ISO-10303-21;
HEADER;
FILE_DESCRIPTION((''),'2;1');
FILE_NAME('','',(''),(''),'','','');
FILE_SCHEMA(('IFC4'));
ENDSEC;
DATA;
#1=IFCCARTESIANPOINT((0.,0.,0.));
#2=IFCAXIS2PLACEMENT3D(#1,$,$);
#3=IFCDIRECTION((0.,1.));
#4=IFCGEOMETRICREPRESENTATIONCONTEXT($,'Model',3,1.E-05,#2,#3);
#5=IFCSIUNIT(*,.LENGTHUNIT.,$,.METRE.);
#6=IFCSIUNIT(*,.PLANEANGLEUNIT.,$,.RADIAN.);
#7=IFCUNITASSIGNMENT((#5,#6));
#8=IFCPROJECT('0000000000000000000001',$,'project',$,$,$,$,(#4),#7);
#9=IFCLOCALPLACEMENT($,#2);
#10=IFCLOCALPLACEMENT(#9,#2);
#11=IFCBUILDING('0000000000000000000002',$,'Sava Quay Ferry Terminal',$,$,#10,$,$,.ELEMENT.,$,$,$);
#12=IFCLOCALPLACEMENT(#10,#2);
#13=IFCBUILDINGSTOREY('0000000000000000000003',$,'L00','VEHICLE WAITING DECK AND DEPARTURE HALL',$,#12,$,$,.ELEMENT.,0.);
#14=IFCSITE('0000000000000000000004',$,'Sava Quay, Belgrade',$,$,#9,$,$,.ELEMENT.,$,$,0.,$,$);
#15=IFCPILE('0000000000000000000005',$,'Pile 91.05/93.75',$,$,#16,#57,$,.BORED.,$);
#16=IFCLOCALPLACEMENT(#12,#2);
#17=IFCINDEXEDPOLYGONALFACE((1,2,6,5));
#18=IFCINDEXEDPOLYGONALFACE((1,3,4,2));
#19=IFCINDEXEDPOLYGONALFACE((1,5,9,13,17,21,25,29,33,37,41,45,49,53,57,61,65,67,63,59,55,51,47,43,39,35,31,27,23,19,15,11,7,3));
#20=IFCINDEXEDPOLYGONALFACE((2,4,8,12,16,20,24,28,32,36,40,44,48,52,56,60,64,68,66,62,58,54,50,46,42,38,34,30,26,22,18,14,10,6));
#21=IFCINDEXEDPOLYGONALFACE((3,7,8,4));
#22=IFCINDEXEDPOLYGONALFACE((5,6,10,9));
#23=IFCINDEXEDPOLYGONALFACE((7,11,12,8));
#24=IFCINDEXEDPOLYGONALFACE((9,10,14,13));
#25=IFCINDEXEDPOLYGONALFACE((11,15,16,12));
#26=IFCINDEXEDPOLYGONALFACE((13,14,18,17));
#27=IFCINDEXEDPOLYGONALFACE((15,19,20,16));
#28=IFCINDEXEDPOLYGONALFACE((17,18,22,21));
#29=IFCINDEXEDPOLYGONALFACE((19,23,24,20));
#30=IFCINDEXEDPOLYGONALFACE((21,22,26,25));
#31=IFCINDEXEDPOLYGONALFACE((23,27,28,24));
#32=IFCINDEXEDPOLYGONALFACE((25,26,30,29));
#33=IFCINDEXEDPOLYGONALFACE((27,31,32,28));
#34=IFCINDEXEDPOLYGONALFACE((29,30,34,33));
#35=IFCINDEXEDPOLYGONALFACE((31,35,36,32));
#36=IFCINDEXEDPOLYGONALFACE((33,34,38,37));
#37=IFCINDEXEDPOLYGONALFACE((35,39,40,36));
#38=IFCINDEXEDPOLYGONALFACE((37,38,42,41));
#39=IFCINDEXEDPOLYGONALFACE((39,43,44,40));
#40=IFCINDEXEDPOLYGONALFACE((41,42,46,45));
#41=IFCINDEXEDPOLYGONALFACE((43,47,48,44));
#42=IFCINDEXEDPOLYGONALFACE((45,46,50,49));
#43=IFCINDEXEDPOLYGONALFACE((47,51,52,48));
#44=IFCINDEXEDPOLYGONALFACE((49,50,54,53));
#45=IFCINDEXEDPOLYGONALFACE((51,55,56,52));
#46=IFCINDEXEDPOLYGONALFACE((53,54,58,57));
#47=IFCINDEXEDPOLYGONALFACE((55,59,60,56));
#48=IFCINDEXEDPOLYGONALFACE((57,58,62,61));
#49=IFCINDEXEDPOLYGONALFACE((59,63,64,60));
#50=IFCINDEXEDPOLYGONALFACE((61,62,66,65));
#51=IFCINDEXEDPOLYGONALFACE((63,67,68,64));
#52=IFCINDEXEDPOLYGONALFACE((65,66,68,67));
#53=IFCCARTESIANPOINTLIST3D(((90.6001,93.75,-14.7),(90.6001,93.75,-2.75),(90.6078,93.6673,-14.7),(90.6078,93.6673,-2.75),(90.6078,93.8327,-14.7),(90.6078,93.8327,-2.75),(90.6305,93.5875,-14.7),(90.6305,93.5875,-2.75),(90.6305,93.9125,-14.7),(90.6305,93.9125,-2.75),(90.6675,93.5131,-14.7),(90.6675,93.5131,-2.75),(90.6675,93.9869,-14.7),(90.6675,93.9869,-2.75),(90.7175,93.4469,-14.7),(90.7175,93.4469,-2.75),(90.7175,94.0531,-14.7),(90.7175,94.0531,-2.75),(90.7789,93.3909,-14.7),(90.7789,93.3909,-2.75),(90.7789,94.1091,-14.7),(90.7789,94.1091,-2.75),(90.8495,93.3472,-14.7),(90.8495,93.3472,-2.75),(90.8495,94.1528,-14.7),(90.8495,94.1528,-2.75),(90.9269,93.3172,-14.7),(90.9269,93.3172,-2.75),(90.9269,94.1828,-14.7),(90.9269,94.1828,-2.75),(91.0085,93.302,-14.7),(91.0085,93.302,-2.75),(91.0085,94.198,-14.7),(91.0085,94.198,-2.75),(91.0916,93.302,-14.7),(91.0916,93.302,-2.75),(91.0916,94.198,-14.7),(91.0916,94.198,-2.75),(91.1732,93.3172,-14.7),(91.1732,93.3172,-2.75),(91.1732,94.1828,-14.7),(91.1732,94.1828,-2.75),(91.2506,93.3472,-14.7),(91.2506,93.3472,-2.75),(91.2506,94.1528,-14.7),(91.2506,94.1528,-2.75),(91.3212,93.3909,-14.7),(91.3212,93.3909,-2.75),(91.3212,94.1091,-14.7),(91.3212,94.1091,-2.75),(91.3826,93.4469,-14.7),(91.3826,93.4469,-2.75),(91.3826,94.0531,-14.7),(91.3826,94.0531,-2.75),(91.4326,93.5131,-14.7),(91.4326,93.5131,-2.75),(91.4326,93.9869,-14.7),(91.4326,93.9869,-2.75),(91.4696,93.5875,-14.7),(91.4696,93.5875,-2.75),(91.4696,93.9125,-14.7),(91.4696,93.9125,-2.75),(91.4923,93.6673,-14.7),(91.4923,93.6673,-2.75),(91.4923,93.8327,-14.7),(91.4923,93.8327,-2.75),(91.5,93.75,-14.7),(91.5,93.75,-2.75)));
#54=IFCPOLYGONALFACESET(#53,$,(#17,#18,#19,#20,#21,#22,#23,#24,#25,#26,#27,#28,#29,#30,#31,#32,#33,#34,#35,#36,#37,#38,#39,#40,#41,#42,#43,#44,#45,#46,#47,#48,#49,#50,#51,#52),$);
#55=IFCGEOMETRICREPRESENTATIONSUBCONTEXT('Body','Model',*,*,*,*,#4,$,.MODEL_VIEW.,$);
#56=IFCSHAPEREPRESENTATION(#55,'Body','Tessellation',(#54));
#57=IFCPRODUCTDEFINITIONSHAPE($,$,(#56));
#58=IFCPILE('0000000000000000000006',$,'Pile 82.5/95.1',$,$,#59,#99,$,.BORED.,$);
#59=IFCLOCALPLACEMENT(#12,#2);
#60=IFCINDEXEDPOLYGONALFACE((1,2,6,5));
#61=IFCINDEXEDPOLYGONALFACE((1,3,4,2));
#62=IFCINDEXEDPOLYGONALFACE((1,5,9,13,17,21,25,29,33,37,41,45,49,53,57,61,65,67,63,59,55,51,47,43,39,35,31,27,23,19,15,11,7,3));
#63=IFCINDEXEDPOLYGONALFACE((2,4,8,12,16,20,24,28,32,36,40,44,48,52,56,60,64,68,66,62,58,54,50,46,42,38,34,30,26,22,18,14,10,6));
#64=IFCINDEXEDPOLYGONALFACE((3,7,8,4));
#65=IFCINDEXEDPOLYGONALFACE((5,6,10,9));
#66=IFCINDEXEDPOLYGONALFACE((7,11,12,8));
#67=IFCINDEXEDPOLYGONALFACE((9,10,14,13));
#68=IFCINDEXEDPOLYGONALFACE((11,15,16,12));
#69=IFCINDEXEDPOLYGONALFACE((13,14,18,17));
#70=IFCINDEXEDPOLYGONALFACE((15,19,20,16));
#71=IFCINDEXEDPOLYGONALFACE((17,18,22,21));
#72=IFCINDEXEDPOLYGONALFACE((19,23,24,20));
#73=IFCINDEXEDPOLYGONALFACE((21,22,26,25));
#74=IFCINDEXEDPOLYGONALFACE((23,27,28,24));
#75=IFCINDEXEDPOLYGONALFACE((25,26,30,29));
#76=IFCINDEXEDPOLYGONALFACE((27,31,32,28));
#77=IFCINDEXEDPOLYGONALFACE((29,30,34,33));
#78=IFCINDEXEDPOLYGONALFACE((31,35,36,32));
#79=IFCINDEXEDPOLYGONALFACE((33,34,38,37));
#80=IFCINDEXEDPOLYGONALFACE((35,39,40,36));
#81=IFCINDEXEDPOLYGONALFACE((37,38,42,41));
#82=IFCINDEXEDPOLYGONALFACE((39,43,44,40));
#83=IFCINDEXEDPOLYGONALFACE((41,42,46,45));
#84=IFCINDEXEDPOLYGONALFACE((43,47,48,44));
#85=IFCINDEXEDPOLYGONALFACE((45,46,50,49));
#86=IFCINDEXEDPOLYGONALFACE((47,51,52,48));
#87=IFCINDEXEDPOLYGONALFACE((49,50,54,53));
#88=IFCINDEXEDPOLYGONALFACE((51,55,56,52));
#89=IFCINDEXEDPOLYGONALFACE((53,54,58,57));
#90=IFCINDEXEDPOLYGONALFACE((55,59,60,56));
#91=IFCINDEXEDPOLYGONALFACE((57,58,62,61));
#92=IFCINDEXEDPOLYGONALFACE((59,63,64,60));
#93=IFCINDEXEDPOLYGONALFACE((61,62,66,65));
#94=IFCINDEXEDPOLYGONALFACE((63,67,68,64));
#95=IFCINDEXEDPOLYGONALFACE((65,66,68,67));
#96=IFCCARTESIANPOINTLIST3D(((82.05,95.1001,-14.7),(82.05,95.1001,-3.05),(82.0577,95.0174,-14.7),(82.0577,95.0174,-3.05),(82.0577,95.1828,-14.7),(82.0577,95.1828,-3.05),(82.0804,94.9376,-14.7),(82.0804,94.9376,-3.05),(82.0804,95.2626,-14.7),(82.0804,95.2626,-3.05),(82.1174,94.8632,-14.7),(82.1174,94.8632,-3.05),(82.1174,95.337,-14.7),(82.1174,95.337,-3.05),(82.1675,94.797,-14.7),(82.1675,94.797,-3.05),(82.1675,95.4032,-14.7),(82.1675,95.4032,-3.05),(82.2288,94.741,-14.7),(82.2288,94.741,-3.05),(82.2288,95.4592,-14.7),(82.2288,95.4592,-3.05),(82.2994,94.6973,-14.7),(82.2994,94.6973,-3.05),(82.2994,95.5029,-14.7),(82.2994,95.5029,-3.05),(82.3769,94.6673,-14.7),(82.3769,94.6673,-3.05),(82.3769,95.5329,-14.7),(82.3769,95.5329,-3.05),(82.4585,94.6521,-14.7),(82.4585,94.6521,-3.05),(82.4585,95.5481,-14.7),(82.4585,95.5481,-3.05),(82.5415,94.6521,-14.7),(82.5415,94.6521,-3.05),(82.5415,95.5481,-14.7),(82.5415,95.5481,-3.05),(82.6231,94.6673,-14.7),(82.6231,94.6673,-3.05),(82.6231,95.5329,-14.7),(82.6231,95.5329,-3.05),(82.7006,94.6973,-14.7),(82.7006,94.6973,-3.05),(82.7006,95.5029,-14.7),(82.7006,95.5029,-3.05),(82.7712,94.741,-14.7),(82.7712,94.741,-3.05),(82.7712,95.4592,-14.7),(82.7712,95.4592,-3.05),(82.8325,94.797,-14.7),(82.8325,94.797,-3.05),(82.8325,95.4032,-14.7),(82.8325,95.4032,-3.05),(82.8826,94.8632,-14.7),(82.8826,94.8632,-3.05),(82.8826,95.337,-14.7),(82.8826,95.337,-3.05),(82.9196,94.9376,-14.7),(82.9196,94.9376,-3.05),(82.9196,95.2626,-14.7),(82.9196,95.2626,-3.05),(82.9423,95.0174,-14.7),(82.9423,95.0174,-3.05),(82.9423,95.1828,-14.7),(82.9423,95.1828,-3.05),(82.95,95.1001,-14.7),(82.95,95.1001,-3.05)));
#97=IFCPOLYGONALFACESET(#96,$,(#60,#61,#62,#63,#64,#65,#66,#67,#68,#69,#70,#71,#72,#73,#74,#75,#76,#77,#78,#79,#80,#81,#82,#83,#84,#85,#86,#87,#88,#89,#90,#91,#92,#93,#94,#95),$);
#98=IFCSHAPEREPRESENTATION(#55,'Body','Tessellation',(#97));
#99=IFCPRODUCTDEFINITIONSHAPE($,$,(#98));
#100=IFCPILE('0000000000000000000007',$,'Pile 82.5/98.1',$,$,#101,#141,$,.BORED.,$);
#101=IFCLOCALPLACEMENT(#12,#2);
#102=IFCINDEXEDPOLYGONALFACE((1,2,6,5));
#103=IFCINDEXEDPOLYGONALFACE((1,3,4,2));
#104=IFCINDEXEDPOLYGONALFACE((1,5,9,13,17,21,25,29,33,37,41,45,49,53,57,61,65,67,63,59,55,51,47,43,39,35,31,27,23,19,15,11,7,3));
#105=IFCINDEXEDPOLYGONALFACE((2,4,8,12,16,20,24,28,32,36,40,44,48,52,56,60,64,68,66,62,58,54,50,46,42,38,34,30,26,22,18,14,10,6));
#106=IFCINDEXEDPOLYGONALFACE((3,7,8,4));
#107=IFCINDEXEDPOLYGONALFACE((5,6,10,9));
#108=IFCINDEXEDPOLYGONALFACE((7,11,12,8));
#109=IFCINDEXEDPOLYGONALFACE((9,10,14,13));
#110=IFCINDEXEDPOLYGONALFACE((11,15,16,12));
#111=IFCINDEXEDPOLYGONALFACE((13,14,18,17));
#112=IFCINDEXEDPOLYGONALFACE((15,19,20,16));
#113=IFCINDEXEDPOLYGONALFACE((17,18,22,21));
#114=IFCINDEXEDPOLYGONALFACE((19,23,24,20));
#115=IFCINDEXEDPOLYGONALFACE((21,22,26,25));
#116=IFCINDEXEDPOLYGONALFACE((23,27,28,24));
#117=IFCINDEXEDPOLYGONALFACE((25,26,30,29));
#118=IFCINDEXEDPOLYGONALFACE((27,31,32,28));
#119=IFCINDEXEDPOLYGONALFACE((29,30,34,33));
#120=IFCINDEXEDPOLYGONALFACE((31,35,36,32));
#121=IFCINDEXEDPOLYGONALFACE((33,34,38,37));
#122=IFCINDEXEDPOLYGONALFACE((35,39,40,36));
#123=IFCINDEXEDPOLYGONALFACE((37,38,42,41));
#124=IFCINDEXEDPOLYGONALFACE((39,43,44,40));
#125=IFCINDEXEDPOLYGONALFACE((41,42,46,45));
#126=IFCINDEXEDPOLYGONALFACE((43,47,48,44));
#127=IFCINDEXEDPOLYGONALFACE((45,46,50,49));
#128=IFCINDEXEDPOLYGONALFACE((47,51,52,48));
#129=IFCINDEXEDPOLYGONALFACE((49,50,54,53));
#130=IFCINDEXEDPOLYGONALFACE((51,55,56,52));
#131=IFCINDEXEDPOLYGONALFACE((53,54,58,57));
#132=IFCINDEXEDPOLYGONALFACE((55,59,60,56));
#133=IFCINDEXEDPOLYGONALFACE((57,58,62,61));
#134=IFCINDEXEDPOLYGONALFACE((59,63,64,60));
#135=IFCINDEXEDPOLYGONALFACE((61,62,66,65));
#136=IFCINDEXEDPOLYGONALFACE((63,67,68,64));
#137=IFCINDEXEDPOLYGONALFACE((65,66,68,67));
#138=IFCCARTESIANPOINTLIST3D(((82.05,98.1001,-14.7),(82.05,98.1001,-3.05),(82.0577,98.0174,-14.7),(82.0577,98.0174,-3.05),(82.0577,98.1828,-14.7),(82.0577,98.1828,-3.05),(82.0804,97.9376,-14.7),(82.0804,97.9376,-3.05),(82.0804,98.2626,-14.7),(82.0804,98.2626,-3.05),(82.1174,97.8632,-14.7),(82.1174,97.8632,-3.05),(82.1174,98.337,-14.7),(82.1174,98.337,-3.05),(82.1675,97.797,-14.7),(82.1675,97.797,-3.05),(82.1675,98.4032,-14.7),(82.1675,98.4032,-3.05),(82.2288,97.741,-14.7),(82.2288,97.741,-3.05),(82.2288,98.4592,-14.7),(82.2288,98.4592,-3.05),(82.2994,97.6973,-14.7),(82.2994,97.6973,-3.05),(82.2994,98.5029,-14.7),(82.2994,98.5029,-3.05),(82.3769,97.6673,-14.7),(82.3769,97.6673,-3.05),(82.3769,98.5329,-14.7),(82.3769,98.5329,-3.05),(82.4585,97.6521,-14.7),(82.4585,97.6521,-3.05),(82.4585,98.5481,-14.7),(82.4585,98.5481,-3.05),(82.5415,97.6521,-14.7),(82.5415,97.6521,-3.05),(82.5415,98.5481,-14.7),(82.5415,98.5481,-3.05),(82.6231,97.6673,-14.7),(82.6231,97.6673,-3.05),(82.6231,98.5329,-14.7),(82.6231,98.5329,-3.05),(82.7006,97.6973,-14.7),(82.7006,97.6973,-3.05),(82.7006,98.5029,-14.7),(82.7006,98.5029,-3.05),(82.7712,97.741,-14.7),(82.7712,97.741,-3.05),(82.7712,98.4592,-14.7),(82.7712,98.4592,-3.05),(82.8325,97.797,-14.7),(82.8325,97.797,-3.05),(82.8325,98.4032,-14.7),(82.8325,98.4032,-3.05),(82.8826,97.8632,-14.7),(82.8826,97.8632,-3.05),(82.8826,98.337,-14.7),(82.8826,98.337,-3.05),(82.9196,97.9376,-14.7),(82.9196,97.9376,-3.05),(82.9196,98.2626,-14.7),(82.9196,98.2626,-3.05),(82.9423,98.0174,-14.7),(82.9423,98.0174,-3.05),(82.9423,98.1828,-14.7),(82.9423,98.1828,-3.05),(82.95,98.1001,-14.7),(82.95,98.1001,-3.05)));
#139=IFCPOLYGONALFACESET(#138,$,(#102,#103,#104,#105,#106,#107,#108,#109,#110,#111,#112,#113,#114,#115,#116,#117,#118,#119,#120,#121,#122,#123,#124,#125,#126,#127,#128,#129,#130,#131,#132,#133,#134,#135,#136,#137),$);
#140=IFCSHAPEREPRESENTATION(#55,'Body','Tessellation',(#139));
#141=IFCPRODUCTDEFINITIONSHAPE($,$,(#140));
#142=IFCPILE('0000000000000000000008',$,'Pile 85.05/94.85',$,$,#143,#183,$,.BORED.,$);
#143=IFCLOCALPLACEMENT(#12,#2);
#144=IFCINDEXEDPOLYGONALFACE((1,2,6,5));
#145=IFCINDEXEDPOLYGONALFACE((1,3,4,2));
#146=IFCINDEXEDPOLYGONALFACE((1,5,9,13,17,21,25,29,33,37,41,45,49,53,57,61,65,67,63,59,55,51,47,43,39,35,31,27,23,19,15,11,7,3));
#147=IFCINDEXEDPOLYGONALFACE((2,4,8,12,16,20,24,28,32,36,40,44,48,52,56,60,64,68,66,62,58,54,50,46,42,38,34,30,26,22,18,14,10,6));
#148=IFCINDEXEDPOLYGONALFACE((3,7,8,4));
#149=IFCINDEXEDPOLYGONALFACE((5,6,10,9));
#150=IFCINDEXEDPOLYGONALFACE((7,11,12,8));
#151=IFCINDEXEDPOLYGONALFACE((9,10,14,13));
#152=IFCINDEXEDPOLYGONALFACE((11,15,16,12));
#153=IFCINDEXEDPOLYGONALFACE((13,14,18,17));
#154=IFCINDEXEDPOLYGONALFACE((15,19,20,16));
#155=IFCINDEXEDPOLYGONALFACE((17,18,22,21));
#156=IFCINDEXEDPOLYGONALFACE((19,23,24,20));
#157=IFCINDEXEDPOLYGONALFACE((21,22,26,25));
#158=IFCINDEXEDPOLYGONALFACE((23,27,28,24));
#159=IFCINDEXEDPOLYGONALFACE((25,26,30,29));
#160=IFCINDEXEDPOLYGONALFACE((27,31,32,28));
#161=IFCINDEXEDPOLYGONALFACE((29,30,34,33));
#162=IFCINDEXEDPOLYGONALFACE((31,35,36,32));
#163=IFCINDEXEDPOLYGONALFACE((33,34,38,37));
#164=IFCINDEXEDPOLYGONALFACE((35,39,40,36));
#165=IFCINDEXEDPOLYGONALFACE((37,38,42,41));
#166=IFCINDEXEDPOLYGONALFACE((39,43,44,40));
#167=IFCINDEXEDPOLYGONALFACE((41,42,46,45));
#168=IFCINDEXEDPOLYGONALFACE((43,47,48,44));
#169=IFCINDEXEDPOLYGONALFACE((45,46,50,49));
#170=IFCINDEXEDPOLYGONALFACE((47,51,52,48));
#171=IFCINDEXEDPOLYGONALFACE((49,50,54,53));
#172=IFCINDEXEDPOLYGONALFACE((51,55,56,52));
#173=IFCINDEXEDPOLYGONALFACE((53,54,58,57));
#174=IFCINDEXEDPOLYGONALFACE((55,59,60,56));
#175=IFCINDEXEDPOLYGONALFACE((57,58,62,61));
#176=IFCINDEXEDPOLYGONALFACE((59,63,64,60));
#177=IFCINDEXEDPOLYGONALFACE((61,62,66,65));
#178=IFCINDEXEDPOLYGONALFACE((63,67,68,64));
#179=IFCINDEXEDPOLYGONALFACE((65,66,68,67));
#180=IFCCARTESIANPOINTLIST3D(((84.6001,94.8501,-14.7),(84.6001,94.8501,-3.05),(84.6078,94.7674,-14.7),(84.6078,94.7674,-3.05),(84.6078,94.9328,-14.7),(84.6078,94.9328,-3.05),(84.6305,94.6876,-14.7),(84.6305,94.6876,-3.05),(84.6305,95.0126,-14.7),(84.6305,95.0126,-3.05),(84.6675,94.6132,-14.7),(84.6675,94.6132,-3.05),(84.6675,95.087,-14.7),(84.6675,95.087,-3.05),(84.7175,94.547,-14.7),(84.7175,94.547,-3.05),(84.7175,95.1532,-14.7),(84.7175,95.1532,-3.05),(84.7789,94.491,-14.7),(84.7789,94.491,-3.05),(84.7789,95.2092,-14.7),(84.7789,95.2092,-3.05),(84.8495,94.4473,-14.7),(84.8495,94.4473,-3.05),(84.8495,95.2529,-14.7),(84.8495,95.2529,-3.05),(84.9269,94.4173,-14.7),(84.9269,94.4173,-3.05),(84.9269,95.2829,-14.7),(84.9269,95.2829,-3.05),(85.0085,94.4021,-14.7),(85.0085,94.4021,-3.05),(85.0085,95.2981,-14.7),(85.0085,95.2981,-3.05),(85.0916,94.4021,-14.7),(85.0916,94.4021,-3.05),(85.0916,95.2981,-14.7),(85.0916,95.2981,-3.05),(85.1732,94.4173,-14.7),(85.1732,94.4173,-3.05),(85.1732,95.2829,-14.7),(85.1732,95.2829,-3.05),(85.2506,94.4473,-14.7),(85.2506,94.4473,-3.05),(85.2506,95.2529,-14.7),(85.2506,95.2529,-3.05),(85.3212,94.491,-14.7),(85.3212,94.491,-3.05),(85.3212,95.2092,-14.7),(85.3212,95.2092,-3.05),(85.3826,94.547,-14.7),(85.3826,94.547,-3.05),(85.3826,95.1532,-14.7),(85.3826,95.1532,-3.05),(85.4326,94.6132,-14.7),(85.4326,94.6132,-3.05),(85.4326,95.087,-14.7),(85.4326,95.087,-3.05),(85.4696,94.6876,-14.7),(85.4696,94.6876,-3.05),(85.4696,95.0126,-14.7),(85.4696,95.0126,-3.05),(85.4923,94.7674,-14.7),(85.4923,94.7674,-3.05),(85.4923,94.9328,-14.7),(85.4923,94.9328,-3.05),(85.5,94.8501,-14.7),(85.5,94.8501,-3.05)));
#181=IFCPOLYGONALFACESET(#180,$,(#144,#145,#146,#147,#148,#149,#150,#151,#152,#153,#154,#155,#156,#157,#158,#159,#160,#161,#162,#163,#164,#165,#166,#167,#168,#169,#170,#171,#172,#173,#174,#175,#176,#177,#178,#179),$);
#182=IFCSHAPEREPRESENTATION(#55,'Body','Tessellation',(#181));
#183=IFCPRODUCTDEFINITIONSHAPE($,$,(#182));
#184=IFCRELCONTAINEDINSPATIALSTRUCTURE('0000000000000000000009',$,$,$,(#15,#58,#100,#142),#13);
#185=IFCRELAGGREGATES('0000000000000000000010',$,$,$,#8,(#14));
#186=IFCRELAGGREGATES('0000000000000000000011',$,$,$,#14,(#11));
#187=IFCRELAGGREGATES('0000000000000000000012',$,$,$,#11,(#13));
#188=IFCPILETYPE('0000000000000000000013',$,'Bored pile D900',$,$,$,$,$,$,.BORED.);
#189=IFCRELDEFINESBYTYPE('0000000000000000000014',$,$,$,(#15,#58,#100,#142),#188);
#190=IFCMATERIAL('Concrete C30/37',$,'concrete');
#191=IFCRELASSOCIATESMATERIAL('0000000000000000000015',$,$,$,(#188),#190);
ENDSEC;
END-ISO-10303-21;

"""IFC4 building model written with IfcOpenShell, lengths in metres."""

from ifc_helpers import new_model, si_unit, direction, frame, origin, origin_2d, place, context, subcontext, project, spatial, circle, extrude, material, material_profile, profile_set, type_object, element, save


model = new_model("IFC4")

# Units and contexts
model_context = context("Model", 3, precision=1e-05, world=origin(), true_north=direction((0.0, 1.0)))
body_context = subcontext(model_context, "Body", "Model", "MODEL_VIEW")
ifc_project = project(units=[si_unit("LENGTHUNIT", "METRE"), si_unit("PLANEANGLEUNIT", "RADIAN")], contexts=[model_context])

# Site, building, storey
site_placement = place(None, origin())
site = spatial("IfcSite", under=ifc_project, at=site_placement, Name="Sava Quay, Belgrade", CompositionType="ELEMENT", RefElevation=0.0)
building_placement = place(site_placement, origin())
building = spatial("IfcBuilding", under=site, at=building_placement, Name="Sava Quay Ferry Terminal", CompositionType="ELEMENT")
storey_placement = place(building_placement, origin())
storey = spatial("IfcBuildingStorey", under=building, at=storey_placement, Name="L00", Description="VEHICLE WAITING DECK AND DEPARTURE HALL", CompositionType="ELEMENT", Elevation=0.0)

# Piles
ifc_material_1 = material(Name="Concrete C30/37", Category="concrete")
ifc_material_profile_1 = material_profile(ifc_material_1, circle(Radius=0.45, at=origin_2d()), Name="Bored pile D900")
ifc_profile_set_1 = profile_set([ifc_material_profile_1], Name="Concrete C30/37")
pile_type = type_object("IfcPileType", Name="Bored pile D900", PredefinedType="BORED", material=ifc_profile_set_1)
pile_placement = place(storey_placement, frame((91.05, 93.75, -2.75), z_axis=(0.0, 0.0, -1.0), x_axis=(1.0, 0.0, 0.0)))
element("IfcPile", 1, at=pile_placement, inside=storey, type_object=pile_type, Name="Pile 91.05/93.75", PredefinedType="BORED", context=body_context, shape_type="SweptSolid", body=[
    extrude(circle(Radius=0.45, at=origin_2d()), origin(), (0.0, 0.0, 1.0), 11.95),
])
for number, where, z_axis, x_axis, name in (
    (2, (82.5, 95.1001, -3.05), (0.0, 0.0, -1.0), (1.0, 0.0, 0.0), "Pile 82.5/95.1"),
    (3, (82.5, 98.1001, -3.05), (0.0, 0.0, -1.0), (1.0, 0.0, 0.0), "Pile 82.5/98.1"),
    (4, (85.05, 94.8501, -3.05), (0.0, 0.0, -1.0), (1.0, 0.0, 0.0), "Pile 85.05/94.85"),
):
    element("IfcPile", number, at=place(storey_placement, frame(where, z_axis=z_axis, x_axis=x_axis)), inside=storey, type_object=pile_type, Name=name, PredefinedType="BORED", context=body_context, shape_type="SweptSolid", body=[
        extrude(circle(Radius=0.45, at=origin_2d()), origin(), (0.0, 0.0, 1.0), 11.6499),
    ])

save(model, "model.ifc")
